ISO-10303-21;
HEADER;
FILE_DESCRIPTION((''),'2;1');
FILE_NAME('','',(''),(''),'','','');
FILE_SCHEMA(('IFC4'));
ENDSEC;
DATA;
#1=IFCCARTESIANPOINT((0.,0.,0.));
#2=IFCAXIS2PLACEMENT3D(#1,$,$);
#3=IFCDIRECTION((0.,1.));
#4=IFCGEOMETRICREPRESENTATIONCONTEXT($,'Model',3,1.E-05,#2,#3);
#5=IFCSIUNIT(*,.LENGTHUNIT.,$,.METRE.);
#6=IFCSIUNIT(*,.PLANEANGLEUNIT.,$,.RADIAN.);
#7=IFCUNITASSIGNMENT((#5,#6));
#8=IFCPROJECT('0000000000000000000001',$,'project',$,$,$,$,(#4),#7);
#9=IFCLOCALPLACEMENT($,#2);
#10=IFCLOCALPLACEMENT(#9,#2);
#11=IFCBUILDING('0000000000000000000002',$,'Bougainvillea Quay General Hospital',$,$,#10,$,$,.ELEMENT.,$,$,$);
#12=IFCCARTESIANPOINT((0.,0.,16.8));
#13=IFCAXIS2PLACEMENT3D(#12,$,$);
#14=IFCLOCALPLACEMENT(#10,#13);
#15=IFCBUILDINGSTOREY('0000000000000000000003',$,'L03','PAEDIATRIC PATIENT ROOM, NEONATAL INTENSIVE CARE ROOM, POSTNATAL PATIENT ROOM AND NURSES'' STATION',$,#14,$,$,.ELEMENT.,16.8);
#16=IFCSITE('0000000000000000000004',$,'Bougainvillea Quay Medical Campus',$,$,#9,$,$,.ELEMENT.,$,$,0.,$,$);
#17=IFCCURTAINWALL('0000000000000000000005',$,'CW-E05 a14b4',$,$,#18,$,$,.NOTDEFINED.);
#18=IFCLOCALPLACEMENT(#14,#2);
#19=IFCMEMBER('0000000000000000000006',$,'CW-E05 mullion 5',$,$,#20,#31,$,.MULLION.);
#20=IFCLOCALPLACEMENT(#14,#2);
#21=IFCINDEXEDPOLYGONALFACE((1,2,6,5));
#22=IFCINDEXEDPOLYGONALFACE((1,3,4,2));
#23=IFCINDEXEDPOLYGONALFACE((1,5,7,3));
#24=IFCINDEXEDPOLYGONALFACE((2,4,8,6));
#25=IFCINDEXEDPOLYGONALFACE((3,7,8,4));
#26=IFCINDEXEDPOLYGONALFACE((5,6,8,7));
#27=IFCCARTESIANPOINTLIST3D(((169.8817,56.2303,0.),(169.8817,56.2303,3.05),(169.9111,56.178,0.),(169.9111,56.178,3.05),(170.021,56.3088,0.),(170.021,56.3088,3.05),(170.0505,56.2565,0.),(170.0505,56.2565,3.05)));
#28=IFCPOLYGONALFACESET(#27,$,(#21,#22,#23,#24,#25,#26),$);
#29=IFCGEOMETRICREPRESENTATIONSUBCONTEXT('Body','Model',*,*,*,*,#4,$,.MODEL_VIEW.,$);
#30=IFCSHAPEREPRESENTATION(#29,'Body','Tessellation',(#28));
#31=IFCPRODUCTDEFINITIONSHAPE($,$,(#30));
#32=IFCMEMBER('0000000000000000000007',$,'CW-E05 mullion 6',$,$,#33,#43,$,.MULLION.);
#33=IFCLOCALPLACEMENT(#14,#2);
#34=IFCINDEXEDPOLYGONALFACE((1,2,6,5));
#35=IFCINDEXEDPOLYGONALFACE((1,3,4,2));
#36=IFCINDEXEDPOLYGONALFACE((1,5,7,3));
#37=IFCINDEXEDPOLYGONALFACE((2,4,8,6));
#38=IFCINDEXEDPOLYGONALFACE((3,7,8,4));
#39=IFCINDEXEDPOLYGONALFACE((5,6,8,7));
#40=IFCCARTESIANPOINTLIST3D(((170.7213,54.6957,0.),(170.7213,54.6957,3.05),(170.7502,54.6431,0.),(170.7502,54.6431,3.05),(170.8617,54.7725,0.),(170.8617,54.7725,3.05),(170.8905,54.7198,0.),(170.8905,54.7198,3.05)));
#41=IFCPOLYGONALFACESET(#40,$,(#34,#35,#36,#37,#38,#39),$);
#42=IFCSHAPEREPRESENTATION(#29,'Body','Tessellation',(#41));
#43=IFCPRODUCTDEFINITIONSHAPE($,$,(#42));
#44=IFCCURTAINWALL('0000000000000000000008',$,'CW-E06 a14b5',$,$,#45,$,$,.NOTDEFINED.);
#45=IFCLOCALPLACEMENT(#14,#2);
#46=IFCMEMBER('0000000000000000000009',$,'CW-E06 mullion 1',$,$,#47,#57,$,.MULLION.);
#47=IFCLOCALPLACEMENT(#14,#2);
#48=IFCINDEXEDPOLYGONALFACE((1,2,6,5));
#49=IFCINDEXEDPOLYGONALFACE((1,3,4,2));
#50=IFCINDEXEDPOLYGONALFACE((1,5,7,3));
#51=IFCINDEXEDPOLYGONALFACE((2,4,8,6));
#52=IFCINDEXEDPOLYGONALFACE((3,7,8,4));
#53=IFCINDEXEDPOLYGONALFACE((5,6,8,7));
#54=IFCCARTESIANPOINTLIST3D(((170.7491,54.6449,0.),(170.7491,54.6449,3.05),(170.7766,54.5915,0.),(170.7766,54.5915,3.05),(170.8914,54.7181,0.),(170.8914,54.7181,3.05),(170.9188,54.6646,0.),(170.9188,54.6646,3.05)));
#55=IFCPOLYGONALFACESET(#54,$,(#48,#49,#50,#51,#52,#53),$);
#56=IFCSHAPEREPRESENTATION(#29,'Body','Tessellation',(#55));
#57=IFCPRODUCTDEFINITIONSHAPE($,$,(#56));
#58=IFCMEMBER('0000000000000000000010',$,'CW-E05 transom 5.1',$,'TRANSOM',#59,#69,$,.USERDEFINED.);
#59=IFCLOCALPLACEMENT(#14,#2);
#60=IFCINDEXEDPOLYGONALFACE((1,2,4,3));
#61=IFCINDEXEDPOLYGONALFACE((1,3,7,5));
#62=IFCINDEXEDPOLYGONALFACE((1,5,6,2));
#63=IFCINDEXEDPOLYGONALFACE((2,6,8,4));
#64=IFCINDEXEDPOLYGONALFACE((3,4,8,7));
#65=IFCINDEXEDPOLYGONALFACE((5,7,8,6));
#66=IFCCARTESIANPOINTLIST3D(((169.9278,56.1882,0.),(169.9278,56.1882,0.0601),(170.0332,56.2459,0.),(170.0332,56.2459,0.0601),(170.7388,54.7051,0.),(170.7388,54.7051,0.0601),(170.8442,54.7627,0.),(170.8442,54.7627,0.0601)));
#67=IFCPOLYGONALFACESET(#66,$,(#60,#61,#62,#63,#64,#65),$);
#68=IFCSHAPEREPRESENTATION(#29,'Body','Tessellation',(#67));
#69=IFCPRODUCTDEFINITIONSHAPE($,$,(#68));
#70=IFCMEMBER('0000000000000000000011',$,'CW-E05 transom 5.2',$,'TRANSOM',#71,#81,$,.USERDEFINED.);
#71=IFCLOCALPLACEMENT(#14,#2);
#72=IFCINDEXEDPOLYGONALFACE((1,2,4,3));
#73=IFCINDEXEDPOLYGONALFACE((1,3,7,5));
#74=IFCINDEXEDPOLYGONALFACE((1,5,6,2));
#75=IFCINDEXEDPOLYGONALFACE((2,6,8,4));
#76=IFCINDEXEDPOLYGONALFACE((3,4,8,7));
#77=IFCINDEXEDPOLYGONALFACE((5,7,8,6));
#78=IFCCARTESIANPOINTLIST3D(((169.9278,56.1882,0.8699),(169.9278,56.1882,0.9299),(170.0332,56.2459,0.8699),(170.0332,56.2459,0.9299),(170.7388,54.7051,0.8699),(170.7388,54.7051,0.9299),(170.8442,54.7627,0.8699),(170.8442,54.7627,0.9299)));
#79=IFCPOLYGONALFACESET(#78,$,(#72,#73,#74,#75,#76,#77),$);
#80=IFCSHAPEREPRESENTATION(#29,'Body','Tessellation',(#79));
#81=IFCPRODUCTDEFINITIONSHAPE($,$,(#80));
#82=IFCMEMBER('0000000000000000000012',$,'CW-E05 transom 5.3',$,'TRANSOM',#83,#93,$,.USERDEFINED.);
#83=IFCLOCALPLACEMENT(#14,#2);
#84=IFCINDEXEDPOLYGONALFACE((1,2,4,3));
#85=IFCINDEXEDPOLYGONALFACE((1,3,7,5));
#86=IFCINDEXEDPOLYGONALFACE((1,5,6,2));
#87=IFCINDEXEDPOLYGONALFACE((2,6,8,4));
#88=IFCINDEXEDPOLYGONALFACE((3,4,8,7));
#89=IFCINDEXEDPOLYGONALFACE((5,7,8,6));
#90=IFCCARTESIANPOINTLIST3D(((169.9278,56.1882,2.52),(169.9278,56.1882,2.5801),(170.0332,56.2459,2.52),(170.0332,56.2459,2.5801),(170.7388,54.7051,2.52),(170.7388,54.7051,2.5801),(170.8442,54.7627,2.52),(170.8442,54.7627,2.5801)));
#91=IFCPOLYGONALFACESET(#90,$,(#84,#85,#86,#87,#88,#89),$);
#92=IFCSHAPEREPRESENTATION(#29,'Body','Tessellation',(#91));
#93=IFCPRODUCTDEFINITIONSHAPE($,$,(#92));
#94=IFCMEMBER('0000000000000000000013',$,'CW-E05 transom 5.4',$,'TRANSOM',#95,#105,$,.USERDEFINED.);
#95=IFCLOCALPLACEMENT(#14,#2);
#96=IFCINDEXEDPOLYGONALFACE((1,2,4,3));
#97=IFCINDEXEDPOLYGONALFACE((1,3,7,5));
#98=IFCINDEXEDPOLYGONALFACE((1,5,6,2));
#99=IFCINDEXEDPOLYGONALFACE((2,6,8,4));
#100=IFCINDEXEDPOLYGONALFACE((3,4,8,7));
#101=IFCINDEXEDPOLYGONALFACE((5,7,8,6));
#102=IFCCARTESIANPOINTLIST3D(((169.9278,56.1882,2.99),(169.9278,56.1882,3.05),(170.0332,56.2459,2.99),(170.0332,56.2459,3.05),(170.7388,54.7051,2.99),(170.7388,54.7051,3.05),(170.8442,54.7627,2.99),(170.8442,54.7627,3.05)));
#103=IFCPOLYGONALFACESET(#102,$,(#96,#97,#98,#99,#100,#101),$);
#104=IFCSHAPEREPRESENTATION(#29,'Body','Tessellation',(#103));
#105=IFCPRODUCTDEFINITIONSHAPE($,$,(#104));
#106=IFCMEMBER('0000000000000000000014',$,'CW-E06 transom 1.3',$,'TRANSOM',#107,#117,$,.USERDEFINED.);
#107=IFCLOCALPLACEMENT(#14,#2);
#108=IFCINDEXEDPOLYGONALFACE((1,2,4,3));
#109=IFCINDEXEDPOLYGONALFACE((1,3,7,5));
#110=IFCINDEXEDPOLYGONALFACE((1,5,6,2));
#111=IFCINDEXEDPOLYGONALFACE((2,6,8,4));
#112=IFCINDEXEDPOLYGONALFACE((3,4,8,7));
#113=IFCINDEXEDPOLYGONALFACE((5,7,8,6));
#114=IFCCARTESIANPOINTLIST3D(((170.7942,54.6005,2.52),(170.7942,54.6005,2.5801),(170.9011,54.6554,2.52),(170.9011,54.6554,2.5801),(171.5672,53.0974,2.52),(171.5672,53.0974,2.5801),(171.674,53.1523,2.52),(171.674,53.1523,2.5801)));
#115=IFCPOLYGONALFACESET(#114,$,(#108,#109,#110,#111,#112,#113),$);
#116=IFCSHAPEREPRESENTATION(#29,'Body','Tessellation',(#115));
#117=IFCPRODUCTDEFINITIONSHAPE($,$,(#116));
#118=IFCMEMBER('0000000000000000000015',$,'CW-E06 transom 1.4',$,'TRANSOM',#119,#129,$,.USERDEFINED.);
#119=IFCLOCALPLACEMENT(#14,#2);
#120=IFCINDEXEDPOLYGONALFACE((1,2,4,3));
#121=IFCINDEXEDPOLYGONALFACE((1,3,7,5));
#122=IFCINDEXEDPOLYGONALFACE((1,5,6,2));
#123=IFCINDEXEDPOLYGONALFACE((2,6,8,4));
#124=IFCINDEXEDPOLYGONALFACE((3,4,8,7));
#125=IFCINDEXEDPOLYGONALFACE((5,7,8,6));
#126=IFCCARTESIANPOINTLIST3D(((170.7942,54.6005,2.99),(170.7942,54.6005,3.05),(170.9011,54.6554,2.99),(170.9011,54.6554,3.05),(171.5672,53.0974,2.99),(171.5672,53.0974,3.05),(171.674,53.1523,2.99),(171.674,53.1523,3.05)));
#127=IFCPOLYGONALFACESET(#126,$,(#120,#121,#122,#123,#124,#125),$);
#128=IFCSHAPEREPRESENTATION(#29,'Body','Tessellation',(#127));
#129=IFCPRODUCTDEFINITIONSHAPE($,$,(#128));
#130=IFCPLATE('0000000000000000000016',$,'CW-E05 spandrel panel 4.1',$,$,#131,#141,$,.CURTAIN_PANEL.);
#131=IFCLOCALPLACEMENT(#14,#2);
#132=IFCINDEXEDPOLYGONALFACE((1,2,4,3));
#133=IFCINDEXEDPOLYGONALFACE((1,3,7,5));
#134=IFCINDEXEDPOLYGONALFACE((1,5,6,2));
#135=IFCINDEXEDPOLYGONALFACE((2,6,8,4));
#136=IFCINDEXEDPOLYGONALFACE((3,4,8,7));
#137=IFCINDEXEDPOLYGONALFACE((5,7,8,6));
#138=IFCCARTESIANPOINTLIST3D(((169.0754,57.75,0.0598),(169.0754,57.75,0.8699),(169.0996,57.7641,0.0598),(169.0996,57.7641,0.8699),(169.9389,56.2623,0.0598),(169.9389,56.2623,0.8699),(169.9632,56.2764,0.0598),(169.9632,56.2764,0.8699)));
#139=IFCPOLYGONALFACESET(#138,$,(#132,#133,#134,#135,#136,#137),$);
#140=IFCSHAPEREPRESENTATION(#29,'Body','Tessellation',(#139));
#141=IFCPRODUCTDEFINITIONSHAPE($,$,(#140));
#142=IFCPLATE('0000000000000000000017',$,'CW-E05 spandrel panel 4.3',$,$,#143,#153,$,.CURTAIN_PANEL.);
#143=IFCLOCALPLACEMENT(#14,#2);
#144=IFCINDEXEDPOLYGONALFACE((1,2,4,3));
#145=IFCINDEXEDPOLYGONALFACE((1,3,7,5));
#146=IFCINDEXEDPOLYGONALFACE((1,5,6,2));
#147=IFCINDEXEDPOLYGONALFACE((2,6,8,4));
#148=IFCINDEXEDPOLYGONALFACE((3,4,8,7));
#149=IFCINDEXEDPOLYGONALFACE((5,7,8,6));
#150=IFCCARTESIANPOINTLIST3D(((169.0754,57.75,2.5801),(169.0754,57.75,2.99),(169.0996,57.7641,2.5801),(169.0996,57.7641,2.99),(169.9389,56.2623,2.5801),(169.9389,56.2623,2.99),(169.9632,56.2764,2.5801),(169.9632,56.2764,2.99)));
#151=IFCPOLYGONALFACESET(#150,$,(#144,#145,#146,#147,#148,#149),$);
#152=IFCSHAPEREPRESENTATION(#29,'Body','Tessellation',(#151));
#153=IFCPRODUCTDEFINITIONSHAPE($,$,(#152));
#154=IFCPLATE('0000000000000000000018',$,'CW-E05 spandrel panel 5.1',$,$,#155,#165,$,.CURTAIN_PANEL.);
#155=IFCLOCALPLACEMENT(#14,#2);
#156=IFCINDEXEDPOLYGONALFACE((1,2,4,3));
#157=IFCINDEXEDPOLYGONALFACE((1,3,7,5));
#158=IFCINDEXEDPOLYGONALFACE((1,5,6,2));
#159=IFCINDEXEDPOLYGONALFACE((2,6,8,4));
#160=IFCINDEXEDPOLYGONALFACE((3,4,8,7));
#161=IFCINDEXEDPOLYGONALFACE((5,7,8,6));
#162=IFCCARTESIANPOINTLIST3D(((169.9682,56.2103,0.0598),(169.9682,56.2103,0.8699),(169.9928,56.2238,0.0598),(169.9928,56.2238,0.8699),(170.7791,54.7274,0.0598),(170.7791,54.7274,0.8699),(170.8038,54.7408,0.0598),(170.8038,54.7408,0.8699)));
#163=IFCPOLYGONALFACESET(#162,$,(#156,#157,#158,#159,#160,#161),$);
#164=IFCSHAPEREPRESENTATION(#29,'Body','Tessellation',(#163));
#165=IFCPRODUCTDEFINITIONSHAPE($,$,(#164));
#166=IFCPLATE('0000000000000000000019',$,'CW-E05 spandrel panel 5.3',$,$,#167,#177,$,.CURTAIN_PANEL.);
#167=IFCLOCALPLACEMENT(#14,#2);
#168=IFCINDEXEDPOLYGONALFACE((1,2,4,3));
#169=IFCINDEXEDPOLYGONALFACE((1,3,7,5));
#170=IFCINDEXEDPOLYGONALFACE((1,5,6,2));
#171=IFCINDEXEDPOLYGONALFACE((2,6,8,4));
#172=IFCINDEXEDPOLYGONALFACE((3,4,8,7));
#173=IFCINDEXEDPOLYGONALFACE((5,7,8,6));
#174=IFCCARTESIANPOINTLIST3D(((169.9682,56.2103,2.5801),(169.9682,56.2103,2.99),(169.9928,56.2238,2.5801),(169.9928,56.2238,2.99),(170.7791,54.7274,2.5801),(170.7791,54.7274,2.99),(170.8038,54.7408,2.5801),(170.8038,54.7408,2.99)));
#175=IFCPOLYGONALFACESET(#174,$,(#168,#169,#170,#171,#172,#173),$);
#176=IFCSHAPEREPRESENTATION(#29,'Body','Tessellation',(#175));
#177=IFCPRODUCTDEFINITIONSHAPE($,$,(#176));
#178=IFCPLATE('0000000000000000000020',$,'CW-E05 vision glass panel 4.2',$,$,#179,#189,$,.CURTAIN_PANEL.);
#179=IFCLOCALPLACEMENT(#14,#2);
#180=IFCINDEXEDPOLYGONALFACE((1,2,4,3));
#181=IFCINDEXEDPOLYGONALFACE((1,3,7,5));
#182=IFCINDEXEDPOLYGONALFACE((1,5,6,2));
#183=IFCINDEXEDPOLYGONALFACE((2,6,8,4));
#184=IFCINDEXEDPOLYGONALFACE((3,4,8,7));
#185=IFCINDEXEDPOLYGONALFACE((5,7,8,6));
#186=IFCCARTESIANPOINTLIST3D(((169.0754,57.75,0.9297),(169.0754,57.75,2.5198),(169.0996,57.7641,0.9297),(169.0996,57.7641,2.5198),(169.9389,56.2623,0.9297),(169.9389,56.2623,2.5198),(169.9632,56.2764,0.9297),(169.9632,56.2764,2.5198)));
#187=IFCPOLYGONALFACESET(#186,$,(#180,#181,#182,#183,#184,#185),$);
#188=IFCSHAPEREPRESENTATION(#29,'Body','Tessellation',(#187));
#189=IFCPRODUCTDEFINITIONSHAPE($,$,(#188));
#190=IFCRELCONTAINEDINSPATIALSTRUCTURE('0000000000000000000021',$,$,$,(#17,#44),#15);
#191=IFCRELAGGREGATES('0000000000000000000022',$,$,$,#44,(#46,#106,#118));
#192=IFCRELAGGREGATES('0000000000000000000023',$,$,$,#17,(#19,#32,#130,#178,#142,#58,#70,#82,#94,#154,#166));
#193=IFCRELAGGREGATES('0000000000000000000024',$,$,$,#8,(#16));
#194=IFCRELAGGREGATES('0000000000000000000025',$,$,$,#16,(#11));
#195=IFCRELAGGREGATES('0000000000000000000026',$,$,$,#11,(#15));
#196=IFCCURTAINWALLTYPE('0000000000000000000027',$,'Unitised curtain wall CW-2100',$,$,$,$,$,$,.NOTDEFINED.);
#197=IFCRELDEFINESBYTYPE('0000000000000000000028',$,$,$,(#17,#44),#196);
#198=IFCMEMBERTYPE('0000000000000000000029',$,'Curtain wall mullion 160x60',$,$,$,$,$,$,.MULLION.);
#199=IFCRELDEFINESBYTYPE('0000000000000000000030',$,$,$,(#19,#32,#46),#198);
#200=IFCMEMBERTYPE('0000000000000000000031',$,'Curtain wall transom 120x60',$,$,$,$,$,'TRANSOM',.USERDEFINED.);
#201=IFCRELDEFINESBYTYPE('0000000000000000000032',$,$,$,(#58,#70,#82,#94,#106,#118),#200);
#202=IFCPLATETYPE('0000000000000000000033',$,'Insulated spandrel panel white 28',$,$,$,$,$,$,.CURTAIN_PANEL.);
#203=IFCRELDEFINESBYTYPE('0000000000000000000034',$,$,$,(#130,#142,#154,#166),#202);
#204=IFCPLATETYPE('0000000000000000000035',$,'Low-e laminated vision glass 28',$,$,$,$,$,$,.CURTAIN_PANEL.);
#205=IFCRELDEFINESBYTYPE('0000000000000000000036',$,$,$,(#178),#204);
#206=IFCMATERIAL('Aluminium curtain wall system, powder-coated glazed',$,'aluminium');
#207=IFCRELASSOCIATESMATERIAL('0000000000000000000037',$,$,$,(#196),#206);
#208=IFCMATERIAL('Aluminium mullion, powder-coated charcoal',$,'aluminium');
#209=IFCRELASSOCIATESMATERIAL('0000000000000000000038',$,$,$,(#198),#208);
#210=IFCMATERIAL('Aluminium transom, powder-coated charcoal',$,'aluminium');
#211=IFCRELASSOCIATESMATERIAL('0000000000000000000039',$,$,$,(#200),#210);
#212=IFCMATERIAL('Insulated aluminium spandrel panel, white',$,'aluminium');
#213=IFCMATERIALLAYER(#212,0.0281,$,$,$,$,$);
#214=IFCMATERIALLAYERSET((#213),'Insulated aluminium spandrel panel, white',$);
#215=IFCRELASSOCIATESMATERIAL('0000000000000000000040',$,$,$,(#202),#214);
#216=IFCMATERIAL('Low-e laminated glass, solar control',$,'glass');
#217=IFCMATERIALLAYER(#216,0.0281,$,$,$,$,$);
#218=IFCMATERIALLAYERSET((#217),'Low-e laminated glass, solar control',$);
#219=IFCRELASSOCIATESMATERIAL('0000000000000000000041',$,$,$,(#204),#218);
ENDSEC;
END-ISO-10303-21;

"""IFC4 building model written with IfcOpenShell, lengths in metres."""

from ifc_helpers import new_model, si_unit, direction, frame, origin, origin_2d, place, context, subcontext, project, spatial, rectangle, extrude, material, layer, layer_set, material_profile, profile_set, type_object, element, aggregate, save


model = new_model("IFC4")

# Units and contexts
model_context = context("Model", 3, precision=1e-05, world=origin(), true_north=direction((0.0, 1.0)))
body_context = subcontext(model_context, "Body", "Model", "MODEL_VIEW")
ifc_project = project(units=[si_unit("LENGTHUNIT", "METRE"), si_unit("PLANEANGLEUNIT", "RADIAN")], contexts=[model_context])

# Site, building, storey
site_placement = place(None, origin())
site = spatial("IfcSite", under=ifc_project, at=site_placement, Name="Bougainvillea Quay Medical Campus", CompositionType="ELEMENT", RefElevation=0.0)
building_placement = place(site_placement, origin())
building = spatial("IfcBuilding", under=site, at=building_placement, Name="Bougainvillea Quay General Hospital", CompositionType="ELEMENT")
storey_placement = place(building_placement, frame((0.0, 0.0, 16.8)))
storey = spatial("IfcBuildingStorey", under=building, at=storey_placement, Name="L03", Description="PAEDIATRIC PATIENT ROOM, NEONATAL INTENSIVE CARE ROOM, POSTNATAL PATIENT ROOM AND NURSES' STATION", CompositionType="ELEMENT", Elevation=16.8)

# Curtain wall, members
ifc_material_1 = material(Name="Aluminium curtain wall system, powder-coated glazed", Category="aluminium")
curtain_wall_type = type_object("IfcCurtainWallType", Name="Unitised curtain wall CW-2100", PredefinedType="NOTDEFINED", material=ifc_material_1)
curtain_wall_1_placement = place(storey_placement, origin())
curtain_wall_1 = element("IfcCurtainWall", 1, at=curtain_wall_1_placement, inside=storey, type_object=curtain_wall_type, Name="CW-E05 a14b4", PredefinedType="NOTDEFINED")
ifc_material_2 = material(Name="Aluminium mullion, powder-coated charcoal", Category="aluminium")
ifc_material_profile_1 = material_profile(ifc_material_2, rectangle(XDim=0.1599, YDim=0.0601, at=origin_2d()))
ifc_profile_set_1 = profile_set([ifc_material_profile_1], Name="Aluminium mullion, powder-coated charcoal")
member_type_1 = type_object("IfcMemberType", Name="Curtain wall mullion 160x60", PredefinedType="MULLION", material=ifc_profile_set_1)
member_1_placement = place(storey_placement, frame((169.9661, 56.2434, 0.0), z_axis=(0.0, 0.0, 1.0), x_axis=(0.871193, 0.49094, 0.0)))
member_1 = element("IfcMember", 2, at=member_1_placement, type_object=member_type_1, Name="CW-E05 mullion 5", PredefinedType="MULLION", context=body_context, shape_type="SweptSolid", body=[
    extrude(rectangle(XDim=0.1599, YDim=0.0601, at=origin_2d()), origin(), (0.0, 0.0, 1.0), 3.05),
])
member_2_placement = place(storey_placement, frame((170.8059, 54.7078, 0.0), z_axis=(0.0, 0.0, 1.0), x_axis=(0.877387, 0.479783, 0.0)))
member_2 = element("IfcMember", 3, at=member_2_placement, type_object=member_type_1, Name="CW-E05 mullion 6", PredefinedType="MULLION", context=body_context, shape_type="SweptSolid", body=[
    extrude(rectangle(XDim=0.1599, YDim=0.0601, at=origin_2d()), origin(), (0.0, 0.0, 1.0), 3.05),
])

# Curtain wall, member
curtain_wall_2_placement = place(storey_placement, origin())
curtain_wall_2 = element("IfcCurtainWall", 4, at=curtain_wall_2_placement, inside=storey, type_object=curtain_wall_type, Name="CW-E06 a14b5", PredefinedType="NOTDEFINED")
member_3_placement = place(storey_placement, frame((170.834, 54.6548, 0.0), z_axis=(0.0, 0.0, 1.0), x_axis=(0.889346, 0.457235, 0.0)))
member_3 = element("IfcMember", 5, at=member_3_placement, type_object=member_type_1, Name="CW-E06 mullion 1", PredefinedType="MULLION", context=body_context, shape_type="SweptSolid", body=[
    extrude(rectangle(XDim=0.1599, YDim=0.0601, at=origin_2d()), origin(), (0.0, 0.0, 1.0), 3.05),
])

# Members
ifc_material_3 = material(Name="Aluminium transom, powder-coated charcoal", Category="aluminium")
ifc_material_profile_2 = material_profile(ifc_material_3, rectangle(XDim=0.1201, YDim=0.0601, at=origin_2d()))
ifc_profile_set_2 = profile_set([ifc_material_profile_2], Name="Aluminium transom, powder-coated charcoal")
member_type_2 = type_object("IfcMemberType", Name="Curtain wall transom 120x60", ElementType="TRANSOM", PredefinedType="USERDEFINED", material=ifc_profile_set_2)
member_4_placement = place(storey_placement, frame((169.9805, 56.217, 0.03), z_axis=(0.479783, -0.877387, 0.0), x_axis=(0.877387, 0.479783, 0.0)))
member_4 = element("IfcMember", 6, at=member_4_placement, type_object=member_type_2, Name="CW-E05 transom 5.1", ObjectType="TRANSOM", PredefinedType="USERDEFINED", context=body_context, shape_type="SweptSolid", body=[
    extrude(rectangle(XDim=0.1201, YDim=0.0601, at=origin_2d()), origin(), (0.0, 0.0, 1.0), 1.6904),
])
member_5_placement = place(storey_placement, frame((169.9805, 56.217, 0.8999), z_axis=(0.479783, -0.877387, 0.0), x_axis=(0.877387, 0.479783, 0.0)))
member_5 = element("IfcMember", 7, at=member_5_placement, type_object=member_type_2, Name="CW-E05 transom 5.2", ObjectType="TRANSOM", PredefinedType="USERDEFINED", context=body_context, shape_type="SweptSolid", body=[
    extrude(rectangle(XDim=0.1201, YDim=0.0601, at=origin_2d()), origin(), (0.0, 0.0, 1.0), 1.6904),
])
member_6_placement = place(storey_placement, frame((169.9805, 56.217, 2.55), z_axis=(0.479783, -0.877387, 0.0), x_axis=(0.877387, 0.479783, 0.0)))
member_6 = element("IfcMember", 8, at=member_6_placement, type_object=member_type_2, Name="CW-E05 transom 5.3", ObjectType="TRANSOM", PredefinedType="USERDEFINED", context=body_context, shape_type="SweptSolid", body=[
    extrude(rectangle(XDim=0.1201, YDim=0.0601, at=origin_2d()), origin(), (0.0, 0.0, 1.0), 1.6904),
])
member_7_placement = place(storey_placement, frame((169.9805, 56.217, 3.02), z_axis=(0.479783, -0.877387, 0.0), x_axis=(0.877387, 0.479783, 0.0)))
member_7 = element("IfcMember", 9, at=member_7_placement, type_object=member_type_2, Name="CW-E05 transom 5.4", ObjectType="TRANSOM", PredefinedType="USERDEFINED", context=body_context, shape_type="SweptSolid", body=[
    extrude(rectangle(XDim=0.1201, YDim=0.0601, at=origin_2d()), origin(), (0.0, 0.0, 1.0), 1.6904),
])
member_8_placement = place(storey_placement, frame((170.8477, 54.6279, 2.55), z_axis=(0.457296, -0.889315, 0.0), x_axis=(0.889315, 0.457296, 0.0)))
member_8 = element("IfcMember", 10, at=member_8_placement, type_object=member_type_2, Name="CW-E06 transom 1.3", ObjectType="TRANSOM", PredefinedType="USERDEFINED", context=body_context, shape_type="SweptSolid", body=[
    extrude(rectangle(XDim=0.1201, YDim=0.0601, at=origin_2d()), origin(), (0.0, 0.0, 1.0), 1.6902),
])
member_9_placement = place(storey_placement, frame((170.8477, 54.6279, 3.02), z_axis=(0.457296, -0.889315, 0.0), x_axis=(0.889315, 0.457296, 0.0)))
member_9 = element("IfcMember", 11, at=member_9_placement, type_object=member_type_2, Name="CW-E06 transom 1.4", ObjectType="TRANSOM", PredefinedType="USERDEFINED", context=body_context, shape_type="SweptSolid", body=[
    extrude(rectangle(XDim=0.1201, YDim=0.0601, at=origin_2d()), origin(), (0.0, 0.0, 1.0), 1.6902),
])
aggregate(curtain_wall_2, [member_3, member_8, member_9])

# Plates
ifc_material_4 = material(Name="Insulated aluminium spandrel panel, white", Category="aluminium")
ifc_layer_1 = layer(ifc_material_4, 0.0281)
ifc_layer_set_1 = layer_set([ifc_layer_1], Name="Insulated aluminium spandrel panel, white")
plate_type_1 = type_object("IfcPlateType", Name="Insulated spandrel panel white 28", PredefinedType="CURTAIN_PANEL", material=ifc_layer_set_1)
plate_1_placement = place(storey_placement, frame((169.5193, 57.0132, 0.0598), z_axis=(0.0, 0.0, 1.0), x_axis=(0.502018, -0.864857, 0.0)))
plate_1 = element("IfcPlate", 12, at=plate_1_placement, type_object=plate_type_1, Name="CW-E05 spandrel panel 4.1", PredefinedType="CURTAIN_PANEL", context=body_context, shape_type="SweptSolid", body=[
    extrude(rectangle(XDim=1.7202, YDim=0.0281, at=origin_2d()), origin(), (0.0, 0.0, 1.0), 0.8101),
])
plate_2_placement = place(storey_placement, frame((169.5193, 57.0132, 2.5801), z_axis=(0.0, 0.0, 1.0), x_axis=(0.502018, -0.864857, 0.0)))
plate_2 = element("IfcPlate", 13, at=plate_2_placement, type_object=plate_type_1, Name="CW-E05 spandrel panel 4.3", PredefinedType="CURTAIN_PANEL", context=body_context, shape_type="SweptSolid", body=[
    extrude(rectangle(XDim=1.7202, YDim=0.0281, at=origin_2d()), origin(), (0.0, 0.0, 1.0), 0.4099),
])
plate_3_placement = place(storey_placement, frame((170.386, 55.4756, 0.0598), z_axis=(0.0, 0.0, 1.0), x_axis=(0.479783, -0.877387, 0.0)))
plate_3 = element("IfcPlate", 14, at=plate_3_placement, type_object=plate_type_1, Name="CW-E05 spandrel panel 5.1", PredefinedType="CURTAIN_PANEL", context=body_context, shape_type="SweptSolid", body=[
    extrude(rectangle(XDim=1.6902, YDim=0.0281, at=origin_2d()), origin(), (0.0, 0.0, 1.0), 0.8101),
])
plate_4_placement = place(storey_placement, frame((170.386, 55.4756, 2.5801), z_axis=(0.0, 0.0, 1.0), x_axis=(0.479783, -0.877387, 0.0)))
plate_4 = element("IfcPlate", 15, at=plate_4_placement, type_object=plate_type_1, Name="CW-E05 spandrel panel 5.3", PredefinedType="CURTAIN_PANEL", context=body_context, shape_type="SweptSolid", body=[
    extrude(rectangle(XDim=1.6902, YDim=0.0281, at=origin_2d()), origin(), (0.0, 0.0, 1.0), 0.4099),
])
ifc_material_5 = material(Name="Low-e laminated glass, solar control", Category="glass")
ifc_layer_2 = layer(ifc_material_5, 0.0281)
ifc_layer_set_2 = layer_set([ifc_layer_2], Name="Low-e laminated glass, solar control")
plate_type_2 = type_object("IfcPlateType", Name="Low-e laminated vision glass 28", PredefinedType="CURTAIN_PANEL", material=ifc_layer_set_2)
plate_5_placement = place(storey_placement, frame((169.5193, 57.0132, 0.9297), z_axis=(0.0, 0.0, 1.0), x_axis=(0.502018, -0.864857, 0.0)))
plate_5 = element("IfcPlate", 16, at=plate_5_placement, type_object=plate_type_2, Name="CW-E05 vision glass panel 4.2", PredefinedType="CURTAIN_PANEL", context=body_context, shape_type="SweptSolid", body=[
    extrude(rectangle(XDim=1.7202, YDim=0.0281, at=origin_2d()), origin(), (0.0, 0.0, 1.0), 1.5901),
])
aggregate(curtain_wall_1, [member_1, member_2, plate_1, plate_5, plate_2, member_4, member_5, member_6, member_7, plate_3, plate_4])

save(model, "model.ifc")
